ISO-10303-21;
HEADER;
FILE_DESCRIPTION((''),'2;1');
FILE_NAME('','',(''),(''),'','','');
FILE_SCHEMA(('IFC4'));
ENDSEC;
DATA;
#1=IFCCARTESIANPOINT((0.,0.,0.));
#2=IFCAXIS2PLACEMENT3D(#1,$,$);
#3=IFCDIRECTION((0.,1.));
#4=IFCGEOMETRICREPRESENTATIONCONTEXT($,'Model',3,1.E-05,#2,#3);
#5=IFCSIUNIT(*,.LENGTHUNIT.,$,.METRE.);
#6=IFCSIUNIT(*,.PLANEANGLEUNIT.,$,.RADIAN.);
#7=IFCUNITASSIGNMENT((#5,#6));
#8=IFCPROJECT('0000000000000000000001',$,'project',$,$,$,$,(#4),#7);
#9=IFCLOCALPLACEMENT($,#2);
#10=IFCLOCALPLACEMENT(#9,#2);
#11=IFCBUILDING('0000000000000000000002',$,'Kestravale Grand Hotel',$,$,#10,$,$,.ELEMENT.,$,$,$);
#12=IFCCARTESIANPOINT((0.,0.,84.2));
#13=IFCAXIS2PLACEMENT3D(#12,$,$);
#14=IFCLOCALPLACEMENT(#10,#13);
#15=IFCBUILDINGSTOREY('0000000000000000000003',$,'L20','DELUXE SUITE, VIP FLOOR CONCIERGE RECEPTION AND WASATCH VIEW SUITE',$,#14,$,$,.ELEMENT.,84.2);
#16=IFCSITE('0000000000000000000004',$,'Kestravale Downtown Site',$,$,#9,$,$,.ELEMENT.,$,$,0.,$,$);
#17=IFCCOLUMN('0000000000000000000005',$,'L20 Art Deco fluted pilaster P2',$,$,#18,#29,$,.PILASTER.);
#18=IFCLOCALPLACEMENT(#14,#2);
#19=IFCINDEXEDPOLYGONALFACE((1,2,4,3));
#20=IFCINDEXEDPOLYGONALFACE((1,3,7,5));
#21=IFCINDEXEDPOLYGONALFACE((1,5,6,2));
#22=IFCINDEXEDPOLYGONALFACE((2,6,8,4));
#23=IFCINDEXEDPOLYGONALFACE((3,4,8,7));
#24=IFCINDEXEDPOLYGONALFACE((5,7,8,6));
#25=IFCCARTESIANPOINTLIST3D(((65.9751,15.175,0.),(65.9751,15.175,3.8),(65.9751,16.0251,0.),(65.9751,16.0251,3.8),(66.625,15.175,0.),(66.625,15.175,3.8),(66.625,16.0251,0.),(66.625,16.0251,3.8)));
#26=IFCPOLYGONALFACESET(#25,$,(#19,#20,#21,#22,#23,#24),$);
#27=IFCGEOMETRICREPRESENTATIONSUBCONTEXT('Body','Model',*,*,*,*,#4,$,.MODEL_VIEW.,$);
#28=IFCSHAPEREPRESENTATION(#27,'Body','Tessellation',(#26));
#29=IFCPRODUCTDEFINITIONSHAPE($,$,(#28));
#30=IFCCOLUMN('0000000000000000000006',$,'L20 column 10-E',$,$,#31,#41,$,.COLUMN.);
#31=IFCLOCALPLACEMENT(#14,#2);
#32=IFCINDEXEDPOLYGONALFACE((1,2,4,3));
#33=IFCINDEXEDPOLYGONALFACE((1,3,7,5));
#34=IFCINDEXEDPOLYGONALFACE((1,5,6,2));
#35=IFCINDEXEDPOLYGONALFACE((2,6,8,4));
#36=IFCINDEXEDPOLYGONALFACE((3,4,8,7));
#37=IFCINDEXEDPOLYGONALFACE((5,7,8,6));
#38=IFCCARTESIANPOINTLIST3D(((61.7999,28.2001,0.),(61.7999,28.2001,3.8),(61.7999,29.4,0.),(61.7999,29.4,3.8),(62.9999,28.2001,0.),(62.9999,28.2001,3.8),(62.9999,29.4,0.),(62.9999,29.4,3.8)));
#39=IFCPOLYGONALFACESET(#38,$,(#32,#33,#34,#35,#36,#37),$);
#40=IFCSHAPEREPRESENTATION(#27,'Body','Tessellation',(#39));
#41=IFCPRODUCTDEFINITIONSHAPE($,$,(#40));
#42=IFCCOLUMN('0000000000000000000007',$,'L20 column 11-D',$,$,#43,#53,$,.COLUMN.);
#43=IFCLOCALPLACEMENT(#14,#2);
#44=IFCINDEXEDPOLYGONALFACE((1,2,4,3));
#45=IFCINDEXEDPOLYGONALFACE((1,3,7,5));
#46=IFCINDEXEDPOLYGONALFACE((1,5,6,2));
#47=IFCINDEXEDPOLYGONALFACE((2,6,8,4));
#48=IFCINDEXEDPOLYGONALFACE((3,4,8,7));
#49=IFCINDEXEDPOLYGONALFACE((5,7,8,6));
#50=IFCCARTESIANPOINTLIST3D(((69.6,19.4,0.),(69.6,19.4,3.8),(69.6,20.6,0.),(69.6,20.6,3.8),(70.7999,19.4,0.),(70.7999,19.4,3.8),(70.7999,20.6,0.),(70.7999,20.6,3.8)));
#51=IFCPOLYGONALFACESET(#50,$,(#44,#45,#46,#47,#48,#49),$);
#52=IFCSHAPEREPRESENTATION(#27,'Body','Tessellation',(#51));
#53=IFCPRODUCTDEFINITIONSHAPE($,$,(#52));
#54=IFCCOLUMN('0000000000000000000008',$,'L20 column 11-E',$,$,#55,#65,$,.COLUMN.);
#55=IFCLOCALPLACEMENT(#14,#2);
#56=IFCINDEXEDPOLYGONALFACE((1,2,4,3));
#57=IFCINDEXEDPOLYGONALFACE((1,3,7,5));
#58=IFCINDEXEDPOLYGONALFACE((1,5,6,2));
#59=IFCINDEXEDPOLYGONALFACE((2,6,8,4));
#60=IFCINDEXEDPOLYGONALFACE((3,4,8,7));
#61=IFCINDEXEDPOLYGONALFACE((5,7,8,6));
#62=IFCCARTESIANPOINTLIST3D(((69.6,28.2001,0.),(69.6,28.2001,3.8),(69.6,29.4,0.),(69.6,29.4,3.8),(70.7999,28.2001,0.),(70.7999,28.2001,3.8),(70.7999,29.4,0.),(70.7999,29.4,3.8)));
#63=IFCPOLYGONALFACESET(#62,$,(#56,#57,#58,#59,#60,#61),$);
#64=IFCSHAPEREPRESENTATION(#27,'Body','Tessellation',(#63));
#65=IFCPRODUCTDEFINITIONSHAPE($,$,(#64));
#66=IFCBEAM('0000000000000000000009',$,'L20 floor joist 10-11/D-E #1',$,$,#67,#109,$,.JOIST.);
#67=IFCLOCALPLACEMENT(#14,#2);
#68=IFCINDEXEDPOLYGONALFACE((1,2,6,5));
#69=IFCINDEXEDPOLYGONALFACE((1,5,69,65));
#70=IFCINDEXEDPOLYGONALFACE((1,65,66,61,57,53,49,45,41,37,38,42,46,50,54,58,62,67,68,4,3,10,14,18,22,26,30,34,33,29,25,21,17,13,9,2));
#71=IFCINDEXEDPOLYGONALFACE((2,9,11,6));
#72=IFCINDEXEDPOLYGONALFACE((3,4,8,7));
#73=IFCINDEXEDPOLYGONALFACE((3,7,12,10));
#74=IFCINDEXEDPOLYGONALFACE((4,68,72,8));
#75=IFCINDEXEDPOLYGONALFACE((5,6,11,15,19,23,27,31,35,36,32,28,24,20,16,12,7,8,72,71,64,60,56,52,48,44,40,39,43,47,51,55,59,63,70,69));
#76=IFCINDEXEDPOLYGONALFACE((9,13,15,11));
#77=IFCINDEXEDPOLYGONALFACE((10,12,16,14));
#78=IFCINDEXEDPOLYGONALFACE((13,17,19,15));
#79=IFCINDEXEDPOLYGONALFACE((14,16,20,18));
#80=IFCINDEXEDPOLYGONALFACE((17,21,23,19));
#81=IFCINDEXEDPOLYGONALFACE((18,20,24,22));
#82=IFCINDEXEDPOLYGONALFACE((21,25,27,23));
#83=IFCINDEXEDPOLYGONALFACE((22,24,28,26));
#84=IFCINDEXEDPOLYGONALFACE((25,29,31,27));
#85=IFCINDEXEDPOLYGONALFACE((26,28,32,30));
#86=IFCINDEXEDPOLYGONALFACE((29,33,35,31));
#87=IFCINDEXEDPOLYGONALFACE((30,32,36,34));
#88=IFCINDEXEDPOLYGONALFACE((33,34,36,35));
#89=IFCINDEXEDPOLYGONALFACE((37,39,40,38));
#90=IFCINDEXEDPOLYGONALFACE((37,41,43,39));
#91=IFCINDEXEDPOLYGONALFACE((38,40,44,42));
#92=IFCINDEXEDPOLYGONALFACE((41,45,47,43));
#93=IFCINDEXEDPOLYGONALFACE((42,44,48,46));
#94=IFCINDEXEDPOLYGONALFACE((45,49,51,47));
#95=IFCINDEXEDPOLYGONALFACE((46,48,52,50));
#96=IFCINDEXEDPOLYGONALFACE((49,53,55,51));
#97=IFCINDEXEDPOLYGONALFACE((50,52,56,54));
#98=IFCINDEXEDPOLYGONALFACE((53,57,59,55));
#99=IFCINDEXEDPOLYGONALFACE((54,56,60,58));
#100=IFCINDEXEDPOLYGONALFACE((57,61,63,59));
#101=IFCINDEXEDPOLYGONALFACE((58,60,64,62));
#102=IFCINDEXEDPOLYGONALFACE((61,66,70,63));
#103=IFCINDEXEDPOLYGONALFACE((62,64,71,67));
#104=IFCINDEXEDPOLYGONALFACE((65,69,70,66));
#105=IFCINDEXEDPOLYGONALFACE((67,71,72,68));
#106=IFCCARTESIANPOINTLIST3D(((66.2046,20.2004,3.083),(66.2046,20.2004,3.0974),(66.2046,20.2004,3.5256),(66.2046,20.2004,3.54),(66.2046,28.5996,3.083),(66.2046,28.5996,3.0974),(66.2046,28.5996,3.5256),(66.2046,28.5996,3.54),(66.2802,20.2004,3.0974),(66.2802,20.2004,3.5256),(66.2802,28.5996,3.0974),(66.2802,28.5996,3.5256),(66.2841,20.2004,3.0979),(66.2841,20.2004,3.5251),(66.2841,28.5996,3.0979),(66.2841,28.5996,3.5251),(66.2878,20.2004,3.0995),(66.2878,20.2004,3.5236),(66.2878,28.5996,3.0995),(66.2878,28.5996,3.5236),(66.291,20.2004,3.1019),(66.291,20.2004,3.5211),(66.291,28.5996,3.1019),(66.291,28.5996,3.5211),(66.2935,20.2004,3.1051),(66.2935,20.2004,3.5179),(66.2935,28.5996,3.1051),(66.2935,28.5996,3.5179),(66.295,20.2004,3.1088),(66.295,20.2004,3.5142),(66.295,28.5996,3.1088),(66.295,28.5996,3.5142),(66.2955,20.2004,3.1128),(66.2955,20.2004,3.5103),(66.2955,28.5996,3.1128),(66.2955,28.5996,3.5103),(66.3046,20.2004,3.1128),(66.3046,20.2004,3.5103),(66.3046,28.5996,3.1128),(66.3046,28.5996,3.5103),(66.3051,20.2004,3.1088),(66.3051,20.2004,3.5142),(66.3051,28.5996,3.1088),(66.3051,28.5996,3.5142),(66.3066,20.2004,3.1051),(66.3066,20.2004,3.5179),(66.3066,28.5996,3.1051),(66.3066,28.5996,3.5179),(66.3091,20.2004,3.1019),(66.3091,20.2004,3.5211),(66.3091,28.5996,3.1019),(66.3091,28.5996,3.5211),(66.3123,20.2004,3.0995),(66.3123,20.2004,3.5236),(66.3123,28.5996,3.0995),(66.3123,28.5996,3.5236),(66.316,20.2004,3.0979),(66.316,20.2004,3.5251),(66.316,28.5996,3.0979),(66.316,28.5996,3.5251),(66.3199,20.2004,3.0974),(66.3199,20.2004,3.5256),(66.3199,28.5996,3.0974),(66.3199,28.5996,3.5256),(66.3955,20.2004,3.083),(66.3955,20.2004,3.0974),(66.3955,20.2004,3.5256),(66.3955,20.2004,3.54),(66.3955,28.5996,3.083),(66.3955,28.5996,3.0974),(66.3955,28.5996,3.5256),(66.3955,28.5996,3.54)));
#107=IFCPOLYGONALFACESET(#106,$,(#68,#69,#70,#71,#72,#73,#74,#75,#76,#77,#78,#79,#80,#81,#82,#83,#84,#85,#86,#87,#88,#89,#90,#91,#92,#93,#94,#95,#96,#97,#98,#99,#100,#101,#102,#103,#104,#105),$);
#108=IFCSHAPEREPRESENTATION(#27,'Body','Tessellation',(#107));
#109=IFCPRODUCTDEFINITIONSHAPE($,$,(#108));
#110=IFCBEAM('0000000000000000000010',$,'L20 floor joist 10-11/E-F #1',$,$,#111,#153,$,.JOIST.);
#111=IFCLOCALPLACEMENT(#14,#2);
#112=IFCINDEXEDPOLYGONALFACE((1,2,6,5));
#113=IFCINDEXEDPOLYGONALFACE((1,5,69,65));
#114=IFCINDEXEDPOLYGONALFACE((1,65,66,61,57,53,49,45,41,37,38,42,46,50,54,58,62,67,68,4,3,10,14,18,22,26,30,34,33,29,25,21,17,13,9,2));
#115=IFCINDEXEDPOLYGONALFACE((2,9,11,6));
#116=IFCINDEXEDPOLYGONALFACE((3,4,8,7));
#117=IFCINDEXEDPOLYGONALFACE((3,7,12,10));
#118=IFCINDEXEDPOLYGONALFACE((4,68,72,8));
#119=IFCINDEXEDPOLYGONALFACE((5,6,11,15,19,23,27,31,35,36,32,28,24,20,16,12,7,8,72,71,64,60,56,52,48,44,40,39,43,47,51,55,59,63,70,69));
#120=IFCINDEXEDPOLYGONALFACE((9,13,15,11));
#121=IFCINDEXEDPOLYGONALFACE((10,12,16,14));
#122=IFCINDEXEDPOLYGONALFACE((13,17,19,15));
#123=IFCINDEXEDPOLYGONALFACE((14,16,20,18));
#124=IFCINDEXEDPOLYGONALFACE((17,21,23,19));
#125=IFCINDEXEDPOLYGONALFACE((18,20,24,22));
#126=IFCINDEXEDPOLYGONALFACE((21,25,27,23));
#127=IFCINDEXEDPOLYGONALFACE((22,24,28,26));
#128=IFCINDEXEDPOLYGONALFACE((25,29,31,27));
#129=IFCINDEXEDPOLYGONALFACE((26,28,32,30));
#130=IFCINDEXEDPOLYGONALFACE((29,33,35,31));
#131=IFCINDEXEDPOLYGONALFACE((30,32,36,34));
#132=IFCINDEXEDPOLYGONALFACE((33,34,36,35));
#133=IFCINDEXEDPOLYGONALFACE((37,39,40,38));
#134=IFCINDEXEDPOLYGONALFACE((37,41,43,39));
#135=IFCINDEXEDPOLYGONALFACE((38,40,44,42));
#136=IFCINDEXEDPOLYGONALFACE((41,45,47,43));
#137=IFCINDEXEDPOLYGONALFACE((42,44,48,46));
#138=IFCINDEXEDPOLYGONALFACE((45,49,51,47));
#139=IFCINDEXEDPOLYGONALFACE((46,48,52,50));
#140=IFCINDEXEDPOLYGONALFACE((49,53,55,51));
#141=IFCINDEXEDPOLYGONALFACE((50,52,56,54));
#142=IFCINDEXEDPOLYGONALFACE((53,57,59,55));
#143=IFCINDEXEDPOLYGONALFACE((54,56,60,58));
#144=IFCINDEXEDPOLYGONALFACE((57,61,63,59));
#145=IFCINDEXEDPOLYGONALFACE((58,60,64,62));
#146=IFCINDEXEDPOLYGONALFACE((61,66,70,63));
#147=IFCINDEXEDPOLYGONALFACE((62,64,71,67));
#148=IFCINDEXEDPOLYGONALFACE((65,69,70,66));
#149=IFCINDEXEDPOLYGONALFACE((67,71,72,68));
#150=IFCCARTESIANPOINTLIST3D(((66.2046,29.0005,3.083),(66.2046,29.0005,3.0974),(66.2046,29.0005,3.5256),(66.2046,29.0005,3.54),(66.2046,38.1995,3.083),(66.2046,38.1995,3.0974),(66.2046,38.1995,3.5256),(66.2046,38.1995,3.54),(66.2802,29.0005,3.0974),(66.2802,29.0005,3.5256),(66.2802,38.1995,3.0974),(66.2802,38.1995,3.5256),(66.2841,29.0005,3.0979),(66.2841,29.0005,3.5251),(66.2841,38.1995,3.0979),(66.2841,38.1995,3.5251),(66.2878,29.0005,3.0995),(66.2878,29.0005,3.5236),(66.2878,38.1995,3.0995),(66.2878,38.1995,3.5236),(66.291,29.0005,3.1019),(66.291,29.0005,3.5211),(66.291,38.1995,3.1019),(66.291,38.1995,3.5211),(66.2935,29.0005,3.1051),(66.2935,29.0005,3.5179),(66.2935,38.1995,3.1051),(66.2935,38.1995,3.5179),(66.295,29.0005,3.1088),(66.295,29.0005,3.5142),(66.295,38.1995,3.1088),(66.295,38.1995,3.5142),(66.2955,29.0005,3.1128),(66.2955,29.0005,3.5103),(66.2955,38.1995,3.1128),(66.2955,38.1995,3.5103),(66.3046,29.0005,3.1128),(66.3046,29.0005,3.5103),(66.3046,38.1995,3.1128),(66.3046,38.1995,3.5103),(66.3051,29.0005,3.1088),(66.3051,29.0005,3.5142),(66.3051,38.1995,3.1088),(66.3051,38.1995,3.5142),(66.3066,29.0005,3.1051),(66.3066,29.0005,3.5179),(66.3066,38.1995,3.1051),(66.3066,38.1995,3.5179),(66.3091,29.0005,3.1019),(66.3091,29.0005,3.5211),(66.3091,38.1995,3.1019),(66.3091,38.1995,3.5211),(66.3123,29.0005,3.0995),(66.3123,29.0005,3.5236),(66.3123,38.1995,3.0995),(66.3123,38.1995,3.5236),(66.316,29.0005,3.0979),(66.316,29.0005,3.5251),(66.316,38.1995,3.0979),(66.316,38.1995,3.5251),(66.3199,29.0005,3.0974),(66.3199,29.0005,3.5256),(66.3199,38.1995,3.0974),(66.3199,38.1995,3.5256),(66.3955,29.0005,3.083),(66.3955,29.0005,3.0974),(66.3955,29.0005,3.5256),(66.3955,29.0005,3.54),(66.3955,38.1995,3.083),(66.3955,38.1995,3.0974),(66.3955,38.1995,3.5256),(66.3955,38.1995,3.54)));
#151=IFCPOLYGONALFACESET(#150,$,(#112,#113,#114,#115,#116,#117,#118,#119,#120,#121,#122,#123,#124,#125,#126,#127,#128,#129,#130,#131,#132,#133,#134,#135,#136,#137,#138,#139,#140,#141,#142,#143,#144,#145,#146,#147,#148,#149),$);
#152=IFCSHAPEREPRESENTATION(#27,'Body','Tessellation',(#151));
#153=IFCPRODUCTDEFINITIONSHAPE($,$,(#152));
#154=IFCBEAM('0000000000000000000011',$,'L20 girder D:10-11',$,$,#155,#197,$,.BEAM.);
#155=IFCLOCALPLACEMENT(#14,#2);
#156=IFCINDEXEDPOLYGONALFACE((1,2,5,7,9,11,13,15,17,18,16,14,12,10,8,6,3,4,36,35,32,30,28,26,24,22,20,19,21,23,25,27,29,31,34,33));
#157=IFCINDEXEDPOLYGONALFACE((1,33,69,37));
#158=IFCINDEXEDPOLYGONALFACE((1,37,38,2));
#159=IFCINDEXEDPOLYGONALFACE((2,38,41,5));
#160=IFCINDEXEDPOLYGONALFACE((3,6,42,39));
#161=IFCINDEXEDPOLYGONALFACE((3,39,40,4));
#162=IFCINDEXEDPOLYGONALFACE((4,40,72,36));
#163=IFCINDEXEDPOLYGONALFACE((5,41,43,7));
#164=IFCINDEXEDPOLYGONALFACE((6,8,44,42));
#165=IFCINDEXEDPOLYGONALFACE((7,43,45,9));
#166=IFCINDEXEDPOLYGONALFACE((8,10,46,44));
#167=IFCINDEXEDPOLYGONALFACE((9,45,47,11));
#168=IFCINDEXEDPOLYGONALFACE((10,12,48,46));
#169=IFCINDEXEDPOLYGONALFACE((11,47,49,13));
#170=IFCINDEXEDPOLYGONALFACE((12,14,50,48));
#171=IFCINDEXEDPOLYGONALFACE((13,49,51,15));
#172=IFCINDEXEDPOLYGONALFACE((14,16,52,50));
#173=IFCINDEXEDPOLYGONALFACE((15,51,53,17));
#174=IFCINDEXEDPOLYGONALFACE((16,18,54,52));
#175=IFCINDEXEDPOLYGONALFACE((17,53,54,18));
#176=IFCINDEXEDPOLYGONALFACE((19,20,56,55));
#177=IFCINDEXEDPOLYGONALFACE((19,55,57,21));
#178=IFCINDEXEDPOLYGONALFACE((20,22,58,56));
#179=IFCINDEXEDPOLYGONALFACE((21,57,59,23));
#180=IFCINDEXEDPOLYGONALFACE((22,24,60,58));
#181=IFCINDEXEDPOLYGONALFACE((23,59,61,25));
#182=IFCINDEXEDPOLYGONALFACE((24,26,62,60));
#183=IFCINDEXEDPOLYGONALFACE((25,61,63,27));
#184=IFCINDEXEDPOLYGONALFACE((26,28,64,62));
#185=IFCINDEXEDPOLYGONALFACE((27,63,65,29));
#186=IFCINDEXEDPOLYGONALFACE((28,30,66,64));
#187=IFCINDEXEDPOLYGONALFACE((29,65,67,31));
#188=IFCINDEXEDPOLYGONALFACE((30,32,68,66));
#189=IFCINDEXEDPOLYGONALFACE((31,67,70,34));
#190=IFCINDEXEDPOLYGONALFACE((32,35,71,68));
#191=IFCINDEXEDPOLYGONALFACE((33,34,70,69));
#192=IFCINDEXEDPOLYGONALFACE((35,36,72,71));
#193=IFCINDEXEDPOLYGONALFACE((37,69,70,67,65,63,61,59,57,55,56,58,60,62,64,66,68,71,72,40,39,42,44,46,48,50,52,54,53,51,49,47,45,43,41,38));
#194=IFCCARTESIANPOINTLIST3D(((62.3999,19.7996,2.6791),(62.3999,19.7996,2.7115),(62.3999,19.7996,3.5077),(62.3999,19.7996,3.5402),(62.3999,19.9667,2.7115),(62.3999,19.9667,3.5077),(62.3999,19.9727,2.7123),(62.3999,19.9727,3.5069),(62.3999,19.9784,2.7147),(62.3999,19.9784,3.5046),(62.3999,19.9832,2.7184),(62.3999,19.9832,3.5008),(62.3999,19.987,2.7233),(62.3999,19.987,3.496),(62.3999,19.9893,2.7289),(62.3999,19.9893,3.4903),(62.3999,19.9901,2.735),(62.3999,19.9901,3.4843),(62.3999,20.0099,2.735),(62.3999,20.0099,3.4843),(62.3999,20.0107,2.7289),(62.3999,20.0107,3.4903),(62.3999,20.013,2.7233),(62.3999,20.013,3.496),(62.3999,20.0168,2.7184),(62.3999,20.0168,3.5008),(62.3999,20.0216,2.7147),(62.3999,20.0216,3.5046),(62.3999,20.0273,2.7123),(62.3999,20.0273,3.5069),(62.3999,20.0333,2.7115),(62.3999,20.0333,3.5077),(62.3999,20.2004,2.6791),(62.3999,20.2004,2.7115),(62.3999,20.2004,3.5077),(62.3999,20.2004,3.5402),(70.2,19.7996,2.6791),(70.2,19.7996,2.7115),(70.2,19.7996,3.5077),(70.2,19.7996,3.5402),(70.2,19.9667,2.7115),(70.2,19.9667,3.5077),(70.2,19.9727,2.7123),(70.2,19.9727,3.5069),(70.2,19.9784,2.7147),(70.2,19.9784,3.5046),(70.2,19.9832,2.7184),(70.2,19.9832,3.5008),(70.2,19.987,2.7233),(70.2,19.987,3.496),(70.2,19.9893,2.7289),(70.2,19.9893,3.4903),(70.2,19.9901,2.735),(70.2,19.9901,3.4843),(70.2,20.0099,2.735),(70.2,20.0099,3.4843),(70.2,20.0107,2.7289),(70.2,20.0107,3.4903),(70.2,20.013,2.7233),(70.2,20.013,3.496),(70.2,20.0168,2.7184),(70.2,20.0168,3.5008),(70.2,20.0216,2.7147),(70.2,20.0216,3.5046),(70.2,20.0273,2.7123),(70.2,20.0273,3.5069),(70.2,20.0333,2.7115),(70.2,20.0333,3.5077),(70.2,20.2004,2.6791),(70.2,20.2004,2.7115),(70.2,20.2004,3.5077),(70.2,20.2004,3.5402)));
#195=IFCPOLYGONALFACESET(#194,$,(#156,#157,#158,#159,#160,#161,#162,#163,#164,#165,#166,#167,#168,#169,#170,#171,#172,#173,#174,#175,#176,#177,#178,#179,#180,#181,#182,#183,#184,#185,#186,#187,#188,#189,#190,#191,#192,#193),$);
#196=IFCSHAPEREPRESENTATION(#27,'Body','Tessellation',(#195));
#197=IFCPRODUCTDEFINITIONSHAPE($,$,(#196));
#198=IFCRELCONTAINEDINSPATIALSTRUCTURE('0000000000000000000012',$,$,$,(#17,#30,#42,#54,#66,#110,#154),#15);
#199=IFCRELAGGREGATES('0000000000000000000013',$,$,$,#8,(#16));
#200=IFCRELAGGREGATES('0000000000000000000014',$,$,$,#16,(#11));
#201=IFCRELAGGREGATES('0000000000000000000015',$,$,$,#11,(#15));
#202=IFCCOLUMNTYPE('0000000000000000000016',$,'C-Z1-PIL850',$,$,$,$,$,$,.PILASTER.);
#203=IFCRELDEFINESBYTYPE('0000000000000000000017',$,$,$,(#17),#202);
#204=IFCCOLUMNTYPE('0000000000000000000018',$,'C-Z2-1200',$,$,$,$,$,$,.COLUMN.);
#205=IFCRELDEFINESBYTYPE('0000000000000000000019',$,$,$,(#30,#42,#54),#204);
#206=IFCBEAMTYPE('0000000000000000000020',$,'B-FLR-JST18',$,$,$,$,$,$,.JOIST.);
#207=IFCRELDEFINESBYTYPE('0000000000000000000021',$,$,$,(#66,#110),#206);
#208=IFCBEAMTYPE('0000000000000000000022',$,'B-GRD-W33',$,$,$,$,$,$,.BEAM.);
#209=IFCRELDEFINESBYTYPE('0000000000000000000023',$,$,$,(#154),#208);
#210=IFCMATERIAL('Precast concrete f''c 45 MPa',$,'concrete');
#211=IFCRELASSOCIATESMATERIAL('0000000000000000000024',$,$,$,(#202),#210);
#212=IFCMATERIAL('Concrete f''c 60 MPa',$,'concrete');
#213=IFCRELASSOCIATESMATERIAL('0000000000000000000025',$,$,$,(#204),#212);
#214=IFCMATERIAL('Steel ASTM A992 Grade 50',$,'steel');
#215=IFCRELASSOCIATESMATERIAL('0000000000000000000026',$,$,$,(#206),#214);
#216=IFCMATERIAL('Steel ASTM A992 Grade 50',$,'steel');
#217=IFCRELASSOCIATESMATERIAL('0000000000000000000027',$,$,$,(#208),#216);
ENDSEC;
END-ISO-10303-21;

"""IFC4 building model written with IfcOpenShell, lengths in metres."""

from ifc_helpers import new_model, si_unit, direction, frame, origin, origin_2d, place, context, subcontext, project, spatial, rectangle, i_section, extrude, material, material_profile, profile_set, type_object, element, save


model = new_model("IFC4")

# Units and contexts
model_context = context("Model", 3, precision=1e-05, world=origin(), true_north=direction((0.0, 1.0)))
body_context = subcontext(model_context, "Body", "Model", "MODEL_VIEW")
ifc_project = project(units=[si_unit("LENGTHUNIT", "METRE"), si_unit("PLANEANGLEUNIT", "RADIAN")], contexts=[model_context])

# Site, building, storey
site_placement = place(None, origin())
site = spatial("IfcSite", under=ifc_project, at=site_placement, Name="Kestravale Downtown Site", CompositionType="ELEMENT", RefElevation=0.0)
building_placement = place(site_placement, origin())
building = spatial("IfcBuilding", under=site, at=building_placement, Name="Kestravale Grand Hotel", CompositionType="ELEMENT")
storey_placement = place(building_placement, frame((0.0, 0.0, 84.2)))
storey = spatial("IfcBuildingStorey", under=building, at=storey_placement, Name="L20", Description="DELUXE SUITE, VIP FLOOR CONCIERGE RECEPTION AND WASATCH VIEW SUITE", CompositionType="ELEMENT", Elevation=84.2)

# Columns
ifc_material_1 = material(Name="Precast concrete f'c 45 MPa", Category="concrete")
ifc_material_profile_1 = material_profile(ifc_material_1, rectangle(XDim=0.6499, YDim=0.8501, at=origin_2d()))
ifc_profile_set_1 = profile_set([ifc_material_profile_1], Name="Precast concrete f'c 45 MPa")
column_type_1 = type_object("IfcColumnType", Name="C-Z1-PIL850", PredefinedType="PILASTER", material=ifc_profile_set_1)
column_placement = place(storey_placement, frame((66.3, 15.6001, 0.0), z_axis=(0.0, 0.0, 1.0), x_axis=(1.0, 0.0, 0.0)))
element("IfcColumn", 1, at=column_placement, inside=storey, type_object=column_type_1, Name="L20 Art Deco fluted pilaster P2", PredefinedType="PILASTER", context=body_context, shape_type="SweptSolid", body=[
    extrude(rectangle(XDim=0.6499, YDim=0.8501, at=origin_2d()), origin(), (0.0, 0.0, 1.0), 3.8),
])
ifc_material_2 = material(Name="Concrete f'c 60 MPa", Category="concrete")
ifc_material_profile_2 = material_profile(ifc_material_2, rectangle(XDim=1.2, YDim=1.2, at=origin_2d()))
ifc_profile_set_2 = profile_set([ifc_material_profile_2], Name="Concrete f'c 60 MPa")
column_type_2 = type_object("IfcColumnType", Name="C-Z2-1200", PredefinedType="COLUMN", material=ifc_profile_set_2)
for number, where, z_axis, x_axis, name in (
    (2, (62.3999, 28.8, 0.0), (0.0, 0.0, 1.0), (1.0, 0.0, 0.0), "L20 column 10-E"),
    (3, (70.2, 20.0, 0.0), (0.0, 0.0, 1.0), (1.0, 0.0, 0.0), "L20 column 11-D"),
    (4, (70.2, 28.8, 0.0), (0.0, 0.0, 1.0), (1.0, 0.0, 0.0), "L20 column 11-E"),
):
    element("IfcColumn", number, at=place(storey_placement, frame(where, z_axis=z_axis, x_axis=x_axis)), inside=storey, type_object=column_type_2, Name=name, PredefinedType="COLUMN", context=body_context, shape_type="SweptSolid", body=[
        extrude(rectangle(XDim=1.2, YDim=1.2, at=origin_2d()), origin(), (0.0, 0.0, 1.0), 3.8),
    ])

# Beams
ifc_material_3 = material(Name="Steel ASTM A992 Grade 50", Category="steel")
ifc_material_profile_3 = material_profile(ifc_material_3, i_section(OverallWidth=0.1909, OverallDepth=0.457, WebThickness=0.009, FlangeThickness=0.0144, FilletRadius=0.0154, at=origin_2d()))
ifc_profile_set_3 = profile_set([ifc_material_profile_3], Name="Steel ASTM A992 Grade 50")
beam_type_1 = type_object("IfcBeamType", Name="B-FLR-JST18", PredefinedType="JOIST", material=ifc_profile_set_3)
beam_1_placement = place(storey_placement, frame((66.3, 20.2004, 3.3115), z_axis=(0.0, 1.0, 0.0), x_axis=(-1.0, 0.0, 0.0)))
element("IfcBeam", 5, at=beam_1_placement, inside=storey, type_object=beam_type_1, Name="L20 floor joist 10-11/D-E #1", PredefinedType="JOIST", context=body_context, shape_type="SweptSolid", body=[
    extrude(i_section(OverallWidth=0.1909, OverallDepth=0.457, WebThickness=0.009, FlangeThickness=0.0144, FilletRadius=0.0154, at=origin_2d()), origin(), (0.0, 0.0, 1.0), 8.3992),
])
beam_2_placement = place(storey_placement, frame((66.3, 29.0005, 3.3115), z_axis=(0.0, 1.0, 0.0), x_axis=(-1.0, 0.0, 0.0)))
element("IfcBeam", 6, at=beam_2_placement, inside=storey, type_object=beam_type_1, Name="L20 floor joist 10-11/E-F #1", PredefinedType="JOIST", context=body_context, shape_type="SweptSolid", body=[
    extrude(i_section(OverallWidth=0.1909, OverallDepth=0.457, WebThickness=0.009, FlangeThickness=0.0144, FilletRadius=0.0154, at=origin_2d()), origin(), (0.0, 0.0, 1.0), 9.199),
])
ifc_material_4 = material(Name="Steel ASTM A992 Grade 50", Category="steel")
ifc_material_profile_4 = material_profile(ifc_material_4, i_section(OverallWidth=0.4009, OverallDepth=0.8611, WebThickness=0.0198, FlangeThickness=0.0325, FilletRadius=0.0234, at=origin_2d()))
ifc_profile_set_4 = profile_set([ifc_material_profile_4], Name="Steel ASTM A992 Grade 50")
beam_type_2 = type_object("IfcBeamType", Name="B-GRD-W33", PredefinedType="BEAM", material=ifc_profile_set_4)
for number, where, z_axis, x_axis, name in (
    (7, (62.3999, 20.0, 3.1096), (1.0, 0.0, 0.0), (0.0, 1.0, 0.0), "L20 girder D:10-11"),
):
    element("IfcBeam", number, at=place(storey_placement, frame(where, z_axis=z_axis, x_axis=x_axis)), inside=storey, type_object=beam_type_2, Name=name, PredefinedType="BEAM", context=body_context, shape_type="SweptSolid", body=[
        extrude(i_section(OverallWidth=0.4009, OverallDepth=0.8611, WebThickness=0.0198, FlangeThickness=0.0325, FilletRadius=0.0234, at=origin_2d()), origin(), (0.0, 0.0, 1.0), 7.8),
    ])

save(model, "model.ifc")
